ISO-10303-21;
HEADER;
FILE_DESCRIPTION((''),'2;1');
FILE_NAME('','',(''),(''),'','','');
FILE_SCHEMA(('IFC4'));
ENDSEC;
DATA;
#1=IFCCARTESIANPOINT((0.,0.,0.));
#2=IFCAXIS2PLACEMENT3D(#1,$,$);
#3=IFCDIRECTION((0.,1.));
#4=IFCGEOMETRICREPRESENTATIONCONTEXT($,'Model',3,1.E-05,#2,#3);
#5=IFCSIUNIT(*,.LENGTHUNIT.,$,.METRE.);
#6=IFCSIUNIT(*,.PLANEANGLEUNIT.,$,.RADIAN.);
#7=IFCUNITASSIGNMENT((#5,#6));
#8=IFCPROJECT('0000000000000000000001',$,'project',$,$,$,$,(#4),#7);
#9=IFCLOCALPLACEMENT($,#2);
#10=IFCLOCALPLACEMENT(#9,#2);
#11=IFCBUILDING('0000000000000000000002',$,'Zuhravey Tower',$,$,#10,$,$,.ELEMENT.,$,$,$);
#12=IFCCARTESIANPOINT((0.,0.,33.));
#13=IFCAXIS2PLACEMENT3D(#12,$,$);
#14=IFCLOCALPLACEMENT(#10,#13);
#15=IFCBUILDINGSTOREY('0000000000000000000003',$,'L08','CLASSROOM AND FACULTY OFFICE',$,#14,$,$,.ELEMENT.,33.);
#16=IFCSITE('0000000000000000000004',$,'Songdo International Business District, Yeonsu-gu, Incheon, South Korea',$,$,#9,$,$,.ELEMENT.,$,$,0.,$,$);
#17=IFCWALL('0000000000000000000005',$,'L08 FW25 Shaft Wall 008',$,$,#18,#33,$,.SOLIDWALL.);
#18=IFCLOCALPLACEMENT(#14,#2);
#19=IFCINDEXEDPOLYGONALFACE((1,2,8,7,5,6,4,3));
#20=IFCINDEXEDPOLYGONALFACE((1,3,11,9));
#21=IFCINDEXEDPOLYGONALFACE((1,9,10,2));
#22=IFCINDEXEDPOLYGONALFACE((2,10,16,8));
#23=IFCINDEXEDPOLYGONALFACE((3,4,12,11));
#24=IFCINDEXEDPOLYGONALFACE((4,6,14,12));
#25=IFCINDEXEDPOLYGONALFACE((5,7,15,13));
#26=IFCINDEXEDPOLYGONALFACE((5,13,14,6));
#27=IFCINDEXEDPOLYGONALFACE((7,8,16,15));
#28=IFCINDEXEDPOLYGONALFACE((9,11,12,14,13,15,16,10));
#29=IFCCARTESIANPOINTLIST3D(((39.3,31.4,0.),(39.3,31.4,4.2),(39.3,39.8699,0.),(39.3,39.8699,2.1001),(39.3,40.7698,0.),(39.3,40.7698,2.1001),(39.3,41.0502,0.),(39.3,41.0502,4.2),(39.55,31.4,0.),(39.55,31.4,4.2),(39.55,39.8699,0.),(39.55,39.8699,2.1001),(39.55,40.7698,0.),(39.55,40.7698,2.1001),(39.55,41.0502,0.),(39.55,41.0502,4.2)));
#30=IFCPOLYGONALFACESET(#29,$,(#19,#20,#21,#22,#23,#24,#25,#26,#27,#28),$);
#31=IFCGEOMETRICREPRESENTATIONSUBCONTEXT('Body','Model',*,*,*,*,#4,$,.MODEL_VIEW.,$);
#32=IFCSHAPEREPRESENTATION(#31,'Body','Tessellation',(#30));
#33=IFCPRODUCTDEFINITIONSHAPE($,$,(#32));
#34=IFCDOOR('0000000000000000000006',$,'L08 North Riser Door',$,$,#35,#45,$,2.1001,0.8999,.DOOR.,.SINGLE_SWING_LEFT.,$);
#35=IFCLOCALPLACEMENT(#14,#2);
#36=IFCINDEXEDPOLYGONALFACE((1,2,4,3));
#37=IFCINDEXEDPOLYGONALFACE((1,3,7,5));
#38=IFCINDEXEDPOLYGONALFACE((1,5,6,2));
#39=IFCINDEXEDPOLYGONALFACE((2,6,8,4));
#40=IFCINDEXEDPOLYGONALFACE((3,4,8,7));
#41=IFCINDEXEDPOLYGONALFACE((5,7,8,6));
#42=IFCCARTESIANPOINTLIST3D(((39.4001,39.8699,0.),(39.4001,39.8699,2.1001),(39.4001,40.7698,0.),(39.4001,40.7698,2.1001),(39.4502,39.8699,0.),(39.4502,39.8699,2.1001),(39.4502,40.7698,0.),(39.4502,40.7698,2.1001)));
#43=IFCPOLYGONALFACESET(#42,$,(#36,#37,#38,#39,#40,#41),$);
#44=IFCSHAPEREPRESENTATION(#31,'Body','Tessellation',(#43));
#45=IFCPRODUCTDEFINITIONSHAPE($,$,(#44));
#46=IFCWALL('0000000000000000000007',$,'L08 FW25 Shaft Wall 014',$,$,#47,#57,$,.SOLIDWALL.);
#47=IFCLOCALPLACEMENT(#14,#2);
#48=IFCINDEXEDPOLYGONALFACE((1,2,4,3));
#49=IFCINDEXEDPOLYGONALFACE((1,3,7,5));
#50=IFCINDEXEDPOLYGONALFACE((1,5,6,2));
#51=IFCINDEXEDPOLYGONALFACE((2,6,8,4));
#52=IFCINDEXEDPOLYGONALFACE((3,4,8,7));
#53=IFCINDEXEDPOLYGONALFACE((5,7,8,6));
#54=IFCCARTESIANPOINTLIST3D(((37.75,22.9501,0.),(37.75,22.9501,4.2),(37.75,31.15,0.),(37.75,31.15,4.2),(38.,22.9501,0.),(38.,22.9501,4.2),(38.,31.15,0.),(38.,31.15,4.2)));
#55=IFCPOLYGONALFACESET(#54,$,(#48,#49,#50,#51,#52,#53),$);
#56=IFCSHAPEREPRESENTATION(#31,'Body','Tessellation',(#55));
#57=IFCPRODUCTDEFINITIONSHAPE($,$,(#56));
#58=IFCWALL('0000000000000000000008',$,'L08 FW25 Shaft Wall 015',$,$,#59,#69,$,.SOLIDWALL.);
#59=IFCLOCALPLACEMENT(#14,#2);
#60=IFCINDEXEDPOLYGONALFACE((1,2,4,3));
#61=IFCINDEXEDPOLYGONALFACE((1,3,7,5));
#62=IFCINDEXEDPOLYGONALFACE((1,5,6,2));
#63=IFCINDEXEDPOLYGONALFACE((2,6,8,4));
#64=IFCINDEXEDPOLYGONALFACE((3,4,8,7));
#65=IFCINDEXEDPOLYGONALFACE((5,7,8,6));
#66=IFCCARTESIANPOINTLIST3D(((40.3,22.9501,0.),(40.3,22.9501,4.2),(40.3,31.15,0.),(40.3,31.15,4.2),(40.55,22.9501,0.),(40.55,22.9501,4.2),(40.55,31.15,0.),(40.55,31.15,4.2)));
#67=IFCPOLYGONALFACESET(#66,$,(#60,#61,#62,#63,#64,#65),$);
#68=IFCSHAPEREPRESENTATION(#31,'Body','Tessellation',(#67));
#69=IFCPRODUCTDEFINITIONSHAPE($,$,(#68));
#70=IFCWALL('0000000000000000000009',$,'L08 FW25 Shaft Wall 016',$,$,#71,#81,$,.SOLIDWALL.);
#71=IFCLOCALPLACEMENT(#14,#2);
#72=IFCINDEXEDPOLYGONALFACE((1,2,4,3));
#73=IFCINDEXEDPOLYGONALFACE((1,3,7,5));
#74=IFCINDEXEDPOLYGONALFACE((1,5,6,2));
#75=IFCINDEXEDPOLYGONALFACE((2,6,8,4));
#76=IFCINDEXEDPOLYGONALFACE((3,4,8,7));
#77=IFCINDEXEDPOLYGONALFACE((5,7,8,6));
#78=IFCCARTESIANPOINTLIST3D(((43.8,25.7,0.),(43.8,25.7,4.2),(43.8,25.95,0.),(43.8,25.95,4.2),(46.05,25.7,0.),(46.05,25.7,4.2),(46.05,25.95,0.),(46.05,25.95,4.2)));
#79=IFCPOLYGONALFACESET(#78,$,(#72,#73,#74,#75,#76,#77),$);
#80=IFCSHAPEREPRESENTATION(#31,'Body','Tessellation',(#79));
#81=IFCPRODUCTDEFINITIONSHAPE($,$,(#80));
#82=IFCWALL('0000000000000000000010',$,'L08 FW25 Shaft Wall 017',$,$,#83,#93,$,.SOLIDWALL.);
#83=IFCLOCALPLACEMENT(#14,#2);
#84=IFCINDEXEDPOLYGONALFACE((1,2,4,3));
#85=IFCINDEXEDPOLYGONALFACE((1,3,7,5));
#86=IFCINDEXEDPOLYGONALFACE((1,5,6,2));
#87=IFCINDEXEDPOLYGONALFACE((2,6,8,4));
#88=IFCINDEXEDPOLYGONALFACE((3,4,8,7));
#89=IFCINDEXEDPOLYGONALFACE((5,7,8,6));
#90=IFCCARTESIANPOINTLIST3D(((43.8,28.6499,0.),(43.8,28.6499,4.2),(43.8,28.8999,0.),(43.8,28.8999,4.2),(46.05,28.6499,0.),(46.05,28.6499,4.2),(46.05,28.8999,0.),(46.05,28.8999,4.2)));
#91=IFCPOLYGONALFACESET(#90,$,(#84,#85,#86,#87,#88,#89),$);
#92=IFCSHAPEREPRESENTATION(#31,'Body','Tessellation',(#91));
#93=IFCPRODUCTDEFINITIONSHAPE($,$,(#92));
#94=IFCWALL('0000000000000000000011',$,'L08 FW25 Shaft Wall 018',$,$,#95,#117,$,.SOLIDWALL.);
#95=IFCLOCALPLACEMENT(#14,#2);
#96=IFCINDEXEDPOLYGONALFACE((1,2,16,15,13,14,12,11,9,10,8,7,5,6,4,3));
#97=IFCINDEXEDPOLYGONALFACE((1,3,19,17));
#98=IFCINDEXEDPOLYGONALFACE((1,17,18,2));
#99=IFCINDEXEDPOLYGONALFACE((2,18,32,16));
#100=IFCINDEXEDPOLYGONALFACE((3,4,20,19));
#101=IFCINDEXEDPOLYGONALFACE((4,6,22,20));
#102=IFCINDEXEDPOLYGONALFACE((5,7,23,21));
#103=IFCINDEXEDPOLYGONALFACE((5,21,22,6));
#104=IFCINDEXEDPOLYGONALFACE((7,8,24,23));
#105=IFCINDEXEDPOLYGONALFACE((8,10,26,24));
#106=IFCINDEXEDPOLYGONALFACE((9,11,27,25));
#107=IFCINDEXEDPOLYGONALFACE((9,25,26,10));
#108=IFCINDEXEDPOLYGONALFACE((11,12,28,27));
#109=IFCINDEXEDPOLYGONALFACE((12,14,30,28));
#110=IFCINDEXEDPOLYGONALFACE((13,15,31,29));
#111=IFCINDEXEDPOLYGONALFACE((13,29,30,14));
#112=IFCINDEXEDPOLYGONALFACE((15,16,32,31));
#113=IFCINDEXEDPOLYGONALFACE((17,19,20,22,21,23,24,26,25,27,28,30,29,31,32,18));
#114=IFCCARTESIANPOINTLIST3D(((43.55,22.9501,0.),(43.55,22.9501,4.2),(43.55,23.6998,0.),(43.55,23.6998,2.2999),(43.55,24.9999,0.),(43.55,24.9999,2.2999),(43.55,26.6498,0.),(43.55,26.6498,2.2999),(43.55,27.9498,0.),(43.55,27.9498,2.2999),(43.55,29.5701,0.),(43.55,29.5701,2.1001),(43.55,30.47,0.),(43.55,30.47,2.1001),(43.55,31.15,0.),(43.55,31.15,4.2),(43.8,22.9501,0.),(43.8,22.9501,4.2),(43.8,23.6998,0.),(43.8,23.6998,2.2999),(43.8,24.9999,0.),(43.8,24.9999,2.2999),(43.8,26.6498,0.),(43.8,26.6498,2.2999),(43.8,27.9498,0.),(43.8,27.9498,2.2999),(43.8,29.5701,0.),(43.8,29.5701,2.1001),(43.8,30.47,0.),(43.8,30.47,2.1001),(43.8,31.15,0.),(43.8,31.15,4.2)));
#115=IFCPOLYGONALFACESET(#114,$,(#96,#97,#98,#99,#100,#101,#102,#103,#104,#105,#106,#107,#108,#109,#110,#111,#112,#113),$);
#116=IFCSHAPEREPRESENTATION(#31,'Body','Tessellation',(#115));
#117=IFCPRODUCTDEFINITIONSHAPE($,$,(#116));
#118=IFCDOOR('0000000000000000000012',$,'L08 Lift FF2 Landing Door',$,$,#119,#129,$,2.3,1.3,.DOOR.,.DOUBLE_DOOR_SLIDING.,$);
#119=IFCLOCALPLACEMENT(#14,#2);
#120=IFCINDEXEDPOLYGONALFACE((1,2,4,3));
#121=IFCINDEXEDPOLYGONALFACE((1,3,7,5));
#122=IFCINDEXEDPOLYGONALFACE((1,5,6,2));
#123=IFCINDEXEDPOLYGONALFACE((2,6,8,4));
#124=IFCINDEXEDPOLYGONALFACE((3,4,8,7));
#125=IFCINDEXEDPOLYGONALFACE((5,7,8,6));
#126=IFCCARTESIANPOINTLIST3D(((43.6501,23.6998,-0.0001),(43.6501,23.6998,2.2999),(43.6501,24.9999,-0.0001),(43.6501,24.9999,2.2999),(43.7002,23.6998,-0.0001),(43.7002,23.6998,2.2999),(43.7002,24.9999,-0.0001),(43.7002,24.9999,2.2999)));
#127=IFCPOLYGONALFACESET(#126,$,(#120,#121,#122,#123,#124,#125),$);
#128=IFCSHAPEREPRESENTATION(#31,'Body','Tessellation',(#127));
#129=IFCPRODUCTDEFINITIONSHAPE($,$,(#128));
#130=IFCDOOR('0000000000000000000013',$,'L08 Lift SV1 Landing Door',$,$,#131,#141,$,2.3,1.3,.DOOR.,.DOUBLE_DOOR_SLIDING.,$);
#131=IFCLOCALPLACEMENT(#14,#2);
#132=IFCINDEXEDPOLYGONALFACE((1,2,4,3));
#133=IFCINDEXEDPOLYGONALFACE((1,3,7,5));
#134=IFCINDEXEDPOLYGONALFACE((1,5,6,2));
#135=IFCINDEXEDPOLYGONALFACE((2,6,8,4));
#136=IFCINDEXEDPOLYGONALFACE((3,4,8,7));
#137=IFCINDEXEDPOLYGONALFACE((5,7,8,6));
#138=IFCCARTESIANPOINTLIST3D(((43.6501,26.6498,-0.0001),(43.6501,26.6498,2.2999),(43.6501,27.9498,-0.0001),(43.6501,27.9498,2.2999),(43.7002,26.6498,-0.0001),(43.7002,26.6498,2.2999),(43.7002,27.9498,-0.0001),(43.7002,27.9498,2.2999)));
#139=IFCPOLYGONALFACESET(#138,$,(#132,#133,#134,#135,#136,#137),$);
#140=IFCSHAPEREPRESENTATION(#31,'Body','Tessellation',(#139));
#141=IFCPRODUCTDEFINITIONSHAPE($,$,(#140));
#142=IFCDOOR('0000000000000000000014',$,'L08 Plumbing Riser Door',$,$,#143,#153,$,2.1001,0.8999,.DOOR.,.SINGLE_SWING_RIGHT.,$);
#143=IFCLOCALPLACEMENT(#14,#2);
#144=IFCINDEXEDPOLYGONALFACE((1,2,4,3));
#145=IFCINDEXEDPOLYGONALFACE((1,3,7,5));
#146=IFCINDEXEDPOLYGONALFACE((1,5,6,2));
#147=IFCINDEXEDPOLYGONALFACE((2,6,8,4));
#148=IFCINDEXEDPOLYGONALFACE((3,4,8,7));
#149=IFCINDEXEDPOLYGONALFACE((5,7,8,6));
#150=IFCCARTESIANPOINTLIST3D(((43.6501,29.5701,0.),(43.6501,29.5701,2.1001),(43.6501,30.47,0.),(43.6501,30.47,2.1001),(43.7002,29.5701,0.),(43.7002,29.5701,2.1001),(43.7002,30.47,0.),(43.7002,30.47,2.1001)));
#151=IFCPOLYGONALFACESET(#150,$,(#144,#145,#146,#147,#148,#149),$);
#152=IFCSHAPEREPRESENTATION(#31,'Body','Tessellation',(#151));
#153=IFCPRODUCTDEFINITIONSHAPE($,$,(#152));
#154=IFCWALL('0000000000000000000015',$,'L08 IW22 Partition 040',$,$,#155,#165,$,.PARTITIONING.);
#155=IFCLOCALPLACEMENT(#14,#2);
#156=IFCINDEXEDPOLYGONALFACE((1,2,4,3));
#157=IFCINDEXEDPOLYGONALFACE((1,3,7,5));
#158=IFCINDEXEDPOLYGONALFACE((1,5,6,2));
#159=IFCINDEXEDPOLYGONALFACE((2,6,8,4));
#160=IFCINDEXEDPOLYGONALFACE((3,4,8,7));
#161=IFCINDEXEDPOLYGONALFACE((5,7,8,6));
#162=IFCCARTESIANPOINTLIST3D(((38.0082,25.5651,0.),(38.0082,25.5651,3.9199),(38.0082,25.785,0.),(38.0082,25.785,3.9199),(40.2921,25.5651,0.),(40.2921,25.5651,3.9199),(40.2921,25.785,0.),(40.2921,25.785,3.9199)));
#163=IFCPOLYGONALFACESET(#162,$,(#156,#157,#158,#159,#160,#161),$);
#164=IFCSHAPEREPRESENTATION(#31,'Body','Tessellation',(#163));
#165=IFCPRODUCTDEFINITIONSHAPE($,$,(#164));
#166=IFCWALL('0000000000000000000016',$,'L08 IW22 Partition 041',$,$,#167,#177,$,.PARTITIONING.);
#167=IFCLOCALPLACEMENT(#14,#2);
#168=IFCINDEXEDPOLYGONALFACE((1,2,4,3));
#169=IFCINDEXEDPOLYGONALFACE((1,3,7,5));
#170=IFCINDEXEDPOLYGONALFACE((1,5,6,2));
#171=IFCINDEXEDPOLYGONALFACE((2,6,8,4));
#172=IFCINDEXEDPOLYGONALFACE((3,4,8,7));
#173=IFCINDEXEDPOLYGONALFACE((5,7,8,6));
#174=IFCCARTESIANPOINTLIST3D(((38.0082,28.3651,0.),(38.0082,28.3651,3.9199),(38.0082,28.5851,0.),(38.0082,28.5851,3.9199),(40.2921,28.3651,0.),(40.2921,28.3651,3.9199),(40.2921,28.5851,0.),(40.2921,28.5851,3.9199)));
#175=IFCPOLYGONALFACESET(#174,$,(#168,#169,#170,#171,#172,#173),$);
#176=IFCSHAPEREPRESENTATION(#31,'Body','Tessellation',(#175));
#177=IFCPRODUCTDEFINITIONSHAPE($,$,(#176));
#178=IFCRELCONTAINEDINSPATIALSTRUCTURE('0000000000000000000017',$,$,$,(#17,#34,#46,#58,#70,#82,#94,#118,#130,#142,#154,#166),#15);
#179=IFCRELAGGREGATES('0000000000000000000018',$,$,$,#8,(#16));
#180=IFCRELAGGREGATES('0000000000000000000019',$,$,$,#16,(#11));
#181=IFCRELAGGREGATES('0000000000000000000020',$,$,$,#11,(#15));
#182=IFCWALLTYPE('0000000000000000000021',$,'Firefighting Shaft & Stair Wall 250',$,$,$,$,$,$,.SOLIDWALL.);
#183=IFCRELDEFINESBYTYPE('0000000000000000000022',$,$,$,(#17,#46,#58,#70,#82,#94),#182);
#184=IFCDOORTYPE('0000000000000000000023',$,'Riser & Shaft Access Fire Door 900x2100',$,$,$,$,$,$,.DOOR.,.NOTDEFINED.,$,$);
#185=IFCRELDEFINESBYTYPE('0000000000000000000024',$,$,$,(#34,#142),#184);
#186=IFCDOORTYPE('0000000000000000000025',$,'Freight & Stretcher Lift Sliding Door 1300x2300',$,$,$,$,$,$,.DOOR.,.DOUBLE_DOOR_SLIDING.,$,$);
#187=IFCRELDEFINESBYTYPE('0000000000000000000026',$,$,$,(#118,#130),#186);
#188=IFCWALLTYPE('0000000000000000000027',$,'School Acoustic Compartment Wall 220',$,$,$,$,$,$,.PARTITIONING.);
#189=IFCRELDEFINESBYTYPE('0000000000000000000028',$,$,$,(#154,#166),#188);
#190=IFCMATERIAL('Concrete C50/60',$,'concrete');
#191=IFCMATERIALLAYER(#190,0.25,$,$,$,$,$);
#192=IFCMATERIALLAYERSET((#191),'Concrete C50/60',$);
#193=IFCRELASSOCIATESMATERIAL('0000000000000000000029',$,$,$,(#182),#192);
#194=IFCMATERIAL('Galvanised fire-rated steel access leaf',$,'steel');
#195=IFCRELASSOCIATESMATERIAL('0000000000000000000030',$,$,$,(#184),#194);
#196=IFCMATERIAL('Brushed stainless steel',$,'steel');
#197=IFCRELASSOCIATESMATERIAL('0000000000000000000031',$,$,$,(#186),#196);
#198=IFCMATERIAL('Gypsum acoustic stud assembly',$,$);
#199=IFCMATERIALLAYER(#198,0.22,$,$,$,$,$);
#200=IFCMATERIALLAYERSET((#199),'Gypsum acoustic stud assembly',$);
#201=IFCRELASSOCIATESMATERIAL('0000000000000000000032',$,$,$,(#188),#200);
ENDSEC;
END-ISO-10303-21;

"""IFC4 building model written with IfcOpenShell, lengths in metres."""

from ifc_helpers import new_model, si_unit, direction, frame, frame_2d, origin, place, context, subcontext, project, spatial, rectangle, extrude, material, layer, layer_set, type_object, element, fill, save


model = new_model("IFC4")

# Units and contexts
model_context = context("Model", 3, precision=1e-05, world=origin(), true_north=direction((0.0, 1.0)))
body_context = subcontext(model_context, "Body", "Model", "MODEL_VIEW")
ifc_project = project(units=[si_unit("LENGTHUNIT", "METRE"), si_unit("PLANEANGLEUNIT", "RADIAN")], contexts=[model_context])

# Site, building, storey
site_placement = place(None, origin())
site = spatial("IfcSite", under=ifc_project, at=site_placement, Name="Songdo International Business District, Yeonsu-gu, Incheon, South Korea", CompositionType="ELEMENT", RefElevation=0.0)
building_placement = place(site_placement, origin())
building = spatial("IfcBuilding", under=site, at=building_placement, Name="Zuhravey Tower", CompositionType="ELEMENT")
storey_placement = place(building_placement, frame((0.0, 0.0, 33.0)))
storey = spatial("IfcBuildingStorey", under=building, at=storey_placement, Name="L08", Description="CLASSROOM AND FACULTY OFFICE", CompositionType="ELEMENT", Elevation=33.0)

# Shared definitions
ifc_material_1 = material(Name="Concrete C50/60", Category="concrete")
ifc_layer_1 = layer(ifc_material_1, 0.25)
ifc_layer_set_1 = layer_set([ifc_layer_1], Name="Concrete C50/60")
wall_type_1 = type_object("IfcWallType", Name="Firefighting Shaft & Stair Wall 250", PredefinedType="SOLIDWALL", material=ifc_layer_set_1)

# Shared definitions
ifc_material_2 = material(Name="Galvanised fire-rated steel access leaf", Category="steel")
door_type_1 = type_object("IfcDoorType", Name="Riser & Shaft Access Fire Door 900x2100", OperationType="NOTDEFINED", PredefinedType="DOOR", material=ifc_material_2)

# Wall, opening, door
wall_1_placement = place(storey_placement, frame((39.425, 31.3999, 0.0), z_axis=(0.0, 0.0, 1.0), x_axis=(0.0, 1.0, 0.0)))
wall_1 = element("IfcWall", 1, at=wall_1_placement, inside=storey, type_object=wall_type_1, Name="L08 FW25 Shaft Wall 008", PredefinedType="SOLIDWALL", context=body_context, shape_type="SweptSolid", body=[
    extrude(rectangle(XDim=9.6501, YDim=0.25, at=frame_2d((4.8252, 0.0))), origin(), (0.0, 0.0, 1.0), 4.2),
])
opening_1_placement = place(wall_1_placement, frame((8.47, 0.0, 0.0)))
opening_1 = element("IfcOpeningElement", 2, at=opening_1_placement, cuts=wall_1, PredefinedType="OPENING", context=body_context, shape_type="SweptSolid", body=[
    extrude(rectangle(XDim=0.8999, YDim=2.1001, at=frame_2d((0.45, 1.05))), frame((0.0, 0.137, 0.0), z_axis=(0.0, -1.0, 0.0), x_axis=(1.0, 0.0, 0.0)), (0.0, 0.0, 1.0), 0.2739),
])
door_1_placement = place(opening_1_placement, origin())
door_1 = element("IfcDoor", 3, at=door_1_placement, inside=storey, type_object=door_type_1, Name="L08 North Riser Door", OperationType="SINGLE_SWING_LEFT", OverallHeight=2.1001, OverallWidth=0.8999, PredefinedType="DOOR", context=body_context, shape_type="SweptSolid", body=[
    extrude(rectangle(XDim=0.8999, YDim=2.1001, at=frame_2d((0.45, 1.05))), frame((0.0, 0.0249, 0.0), z_axis=(0.0, -1.0, 0.0), x_axis=(1.0, 0.0, 0.0)), (0.0, 0.0, 1.0), 0.05),
])
fill(opening_1, door_1)

# Walls
for number, where, z_axis, x_axis, name in (
    (4, (37.875, 22.95, 0.0), (0.0, 0.0, 1.0), (0.0, 1.0, 0.0), "L08 FW25 Shaft Wall 014"),
    (5, (40.425, 22.95, 0.0), (0.0, 0.0, 1.0), (0.0, 1.0, 0.0), "L08 FW25 Shaft Wall 015"),
):
    element("IfcWall", number, at=place(storey_placement, frame(where, z_axis=z_axis, x_axis=x_axis)), inside=storey, type_object=wall_type_1, Name=name, PredefinedType="SOLIDWALL", context=body_context, shape_type="SweptSolid", body=[
        extrude(rectangle(XDim=8.2, YDim=0.25, at=frame_2d((4.1001, 0.0))), origin(), (0.0, 0.0, 1.0), 4.2),
    ])
for number, where, z_axis, x_axis, name in (
    (6, (43.8, 25.825, 0.0), (0.0, 0.0, 1.0), (1.0, 0.0, 0.0), "L08 FW25 Shaft Wall 016"),
    (7, (43.8, 28.7749, 0.0), (0.0, 0.0, 1.0), (1.0, 0.0, 0.0), "L08 FW25 Shaft Wall 017"),
):
    element("IfcWall", number, at=place(storey_placement, frame(where, z_axis=z_axis, x_axis=x_axis)), inside=storey, type_object=wall_type_1, Name=name, PredefinedType="SOLIDWALL", context=body_context, shape_type="SweptSolid", body=[
        extrude(rectangle(XDim=2.25, YDim=0.25, at=frame_2d((1.125, 0.0))), origin(), (0.0, 0.0, 1.0), 4.2),
    ])

# Wall, openings, doors
wall_2_placement = place(storey_placement, frame((43.675, 22.95, 0.0), z_axis=(0.0, 0.0, 1.0), x_axis=(0.0, 1.0, 0.0)))
wall_2 = element("IfcWall", 8, at=wall_2_placement, inside=storey, type_object=wall_type_1, Name="L08 FW25 Shaft Wall 018", PredefinedType="SOLIDWALL", context=body_context, shape_type="SweptSolid", body=[
    extrude(rectangle(XDim=8.2, YDim=0.25, at=frame_2d((4.1001, 0.0))), origin(), (0.0, 0.0, 1.0), 4.2),
])
opening_2_placement = place(wall_2_placement, frame((0.75, 0.0, 0.0)))
opening_2 = element("IfcOpeningElement", 9, at=opening_2_placement, cuts=wall_2, PredefinedType="OPENING", context=body_context, shape_type="SweptSolid", body=[
    extrude(rectangle(XDim=1.3, YDim=2.3, at=frame_2d((0.6499, 1.1499))), frame((0.0, 0.137, 0.0), z_axis=(0.0, -1.0, 0.0), x_axis=(1.0, 0.0, 0.0)), (0.0, 0.0, 1.0), 0.2739),
])
opening_3_placement = place(wall_2_placement, frame((3.7, 0.0, 0.0)))
opening_3 = element("IfcOpeningElement", 10, at=opening_3_placement, cuts=wall_2, PredefinedType="OPENING", context=body_context, shape_type="SweptSolid", body=[
    extrude(rectangle(XDim=1.3, YDim=2.3, at=frame_2d((0.6499, 1.1499))), frame((0.0, 0.137, 0.0), z_axis=(0.0, -1.0, 0.0), x_axis=(1.0, 0.0, 0.0)), (0.0, 0.0, 1.0), 0.2739),
])
opening_4_placement = place(wall_2_placement, frame((6.6201, 0.0, 0.0)))
opening_4 = element("IfcOpeningElement", 11, at=opening_4_placement, cuts=wall_2, PredefinedType="OPENING", context=body_context, shape_type="SweptSolid", body=[
    extrude(rectangle(XDim=0.8999, YDim=2.1001, at=frame_2d((0.45, 1.05))), frame((0.0, 0.137, 0.0), z_axis=(0.0, -1.0, 0.0), x_axis=(1.0, 0.0, 0.0)), (0.0, 0.0, 1.0), 0.2739),
])
ifc_material_3 = material(Name="Brushed stainless steel", Category="steel")
door_type_2 = type_object("IfcDoorType", Name="Freight & Stretcher Lift Sliding Door 1300x2300", OperationType="DOUBLE_DOOR_SLIDING", PredefinedType="DOOR", material=ifc_material_3)
door_2_placement = place(opening_2_placement, origin())
door_2 = element("IfcDoor", 12, at=door_2_placement, inside=storey, type_object=door_type_2, Name="L08 Lift FF2 Landing Door", OperationType="DOUBLE_DOOR_SLIDING", OverallHeight=2.3, OverallWidth=1.3, PredefinedType="DOOR", context=body_context, shape_type="SweptSolid", body=[
    extrude(rectangle(XDim=1.3, YDim=2.3, at=frame_2d((0.6499, 1.1499))), frame((0.0, 0.0249, 0.0), z_axis=(0.0, -1.0, 0.0), x_axis=(1.0, 0.0, 0.0)), (0.0, 0.0, 1.0), 0.05),
])
fill(opening_2, door_2)
door_3_placement = place(opening_3_placement, origin())
door_3 = element("IfcDoor", 13, at=door_3_placement, inside=storey, type_object=door_type_2, Name="L08 Lift SV1 Landing Door", OperationType="DOUBLE_DOOR_SLIDING", OverallHeight=2.3, OverallWidth=1.3, PredefinedType="DOOR", context=body_context, shape_type="SweptSolid", body=[
    extrude(rectangle(XDim=1.3, YDim=2.3, at=frame_2d((0.6499, 1.1499))), frame((0.0, 0.0249, 0.0), z_axis=(0.0, -1.0, 0.0), x_axis=(1.0, 0.0, 0.0)), (0.0, 0.0, 1.0), 0.05),
])
fill(opening_3, door_3)
door_4_placement = place(opening_4_placement, origin())
door_4 = element("IfcDoor", 14, at=door_4_placement, inside=storey, type_object=door_type_1, Name="L08 Plumbing Riser Door", OperationType="SINGLE_SWING_RIGHT", OverallHeight=2.1001, OverallWidth=0.8999, PredefinedType="DOOR", context=body_context, shape_type="SweptSolid", body=[
    extrude(rectangle(XDim=0.8999, YDim=2.1001, at=frame_2d((0.45, 1.05))), frame((0.0, 0.0249, 0.0), z_axis=(0.0, -1.0, 0.0), x_axis=(1.0, 0.0, 0.0)), (0.0, 0.0, 1.0), 0.05),
])
fill(opening_4, door_4)

# Walls
ifc_material_4 = material(Name="Gypsum acoustic stud assembly")
ifc_layer_2 = layer(ifc_material_4, 0.22)
ifc_layer_set_2 = layer_set([ifc_layer_2], Name="Gypsum acoustic stud assembly")
wall_type_2 = type_object("IfcWallType", Name="School Acoustic Compartment Wall 220", PredefinedType="PARTITIONING", material=ifc_layer_set_2)
for number, where, z_axis, x_axis, name in (
    (15, (38.0081, 25.675, 0.0), (0.0, 0.0, 1.0), (1.0, 0.0, 0.0), "L08 IW22 Partition 040"),
    (16, (38.0081, 28.4751, 0.0), (0.0, 0.0, 1.0), (1.0, 0.0, 0.0), "L08 IW22 Partition 041"),
):
    element("IfcWall", number, at=place(storey_placement, frame(where, z_axis=z_axis, x_axis=x_axis)), inside=storey, type_object=wall_type_2, Name=name, PredefinedType="PARTITIONING", context=body_context, shape_type="SweptSolid", body=[
        extrude(rectangle(XDim=2.2839, YDim=0.22, at=frame_2d((1.1421, 0.0))), origin(), (0.0, 0.0, 1.0), 3.9199),
    ])

save(model, "model.ifc")
